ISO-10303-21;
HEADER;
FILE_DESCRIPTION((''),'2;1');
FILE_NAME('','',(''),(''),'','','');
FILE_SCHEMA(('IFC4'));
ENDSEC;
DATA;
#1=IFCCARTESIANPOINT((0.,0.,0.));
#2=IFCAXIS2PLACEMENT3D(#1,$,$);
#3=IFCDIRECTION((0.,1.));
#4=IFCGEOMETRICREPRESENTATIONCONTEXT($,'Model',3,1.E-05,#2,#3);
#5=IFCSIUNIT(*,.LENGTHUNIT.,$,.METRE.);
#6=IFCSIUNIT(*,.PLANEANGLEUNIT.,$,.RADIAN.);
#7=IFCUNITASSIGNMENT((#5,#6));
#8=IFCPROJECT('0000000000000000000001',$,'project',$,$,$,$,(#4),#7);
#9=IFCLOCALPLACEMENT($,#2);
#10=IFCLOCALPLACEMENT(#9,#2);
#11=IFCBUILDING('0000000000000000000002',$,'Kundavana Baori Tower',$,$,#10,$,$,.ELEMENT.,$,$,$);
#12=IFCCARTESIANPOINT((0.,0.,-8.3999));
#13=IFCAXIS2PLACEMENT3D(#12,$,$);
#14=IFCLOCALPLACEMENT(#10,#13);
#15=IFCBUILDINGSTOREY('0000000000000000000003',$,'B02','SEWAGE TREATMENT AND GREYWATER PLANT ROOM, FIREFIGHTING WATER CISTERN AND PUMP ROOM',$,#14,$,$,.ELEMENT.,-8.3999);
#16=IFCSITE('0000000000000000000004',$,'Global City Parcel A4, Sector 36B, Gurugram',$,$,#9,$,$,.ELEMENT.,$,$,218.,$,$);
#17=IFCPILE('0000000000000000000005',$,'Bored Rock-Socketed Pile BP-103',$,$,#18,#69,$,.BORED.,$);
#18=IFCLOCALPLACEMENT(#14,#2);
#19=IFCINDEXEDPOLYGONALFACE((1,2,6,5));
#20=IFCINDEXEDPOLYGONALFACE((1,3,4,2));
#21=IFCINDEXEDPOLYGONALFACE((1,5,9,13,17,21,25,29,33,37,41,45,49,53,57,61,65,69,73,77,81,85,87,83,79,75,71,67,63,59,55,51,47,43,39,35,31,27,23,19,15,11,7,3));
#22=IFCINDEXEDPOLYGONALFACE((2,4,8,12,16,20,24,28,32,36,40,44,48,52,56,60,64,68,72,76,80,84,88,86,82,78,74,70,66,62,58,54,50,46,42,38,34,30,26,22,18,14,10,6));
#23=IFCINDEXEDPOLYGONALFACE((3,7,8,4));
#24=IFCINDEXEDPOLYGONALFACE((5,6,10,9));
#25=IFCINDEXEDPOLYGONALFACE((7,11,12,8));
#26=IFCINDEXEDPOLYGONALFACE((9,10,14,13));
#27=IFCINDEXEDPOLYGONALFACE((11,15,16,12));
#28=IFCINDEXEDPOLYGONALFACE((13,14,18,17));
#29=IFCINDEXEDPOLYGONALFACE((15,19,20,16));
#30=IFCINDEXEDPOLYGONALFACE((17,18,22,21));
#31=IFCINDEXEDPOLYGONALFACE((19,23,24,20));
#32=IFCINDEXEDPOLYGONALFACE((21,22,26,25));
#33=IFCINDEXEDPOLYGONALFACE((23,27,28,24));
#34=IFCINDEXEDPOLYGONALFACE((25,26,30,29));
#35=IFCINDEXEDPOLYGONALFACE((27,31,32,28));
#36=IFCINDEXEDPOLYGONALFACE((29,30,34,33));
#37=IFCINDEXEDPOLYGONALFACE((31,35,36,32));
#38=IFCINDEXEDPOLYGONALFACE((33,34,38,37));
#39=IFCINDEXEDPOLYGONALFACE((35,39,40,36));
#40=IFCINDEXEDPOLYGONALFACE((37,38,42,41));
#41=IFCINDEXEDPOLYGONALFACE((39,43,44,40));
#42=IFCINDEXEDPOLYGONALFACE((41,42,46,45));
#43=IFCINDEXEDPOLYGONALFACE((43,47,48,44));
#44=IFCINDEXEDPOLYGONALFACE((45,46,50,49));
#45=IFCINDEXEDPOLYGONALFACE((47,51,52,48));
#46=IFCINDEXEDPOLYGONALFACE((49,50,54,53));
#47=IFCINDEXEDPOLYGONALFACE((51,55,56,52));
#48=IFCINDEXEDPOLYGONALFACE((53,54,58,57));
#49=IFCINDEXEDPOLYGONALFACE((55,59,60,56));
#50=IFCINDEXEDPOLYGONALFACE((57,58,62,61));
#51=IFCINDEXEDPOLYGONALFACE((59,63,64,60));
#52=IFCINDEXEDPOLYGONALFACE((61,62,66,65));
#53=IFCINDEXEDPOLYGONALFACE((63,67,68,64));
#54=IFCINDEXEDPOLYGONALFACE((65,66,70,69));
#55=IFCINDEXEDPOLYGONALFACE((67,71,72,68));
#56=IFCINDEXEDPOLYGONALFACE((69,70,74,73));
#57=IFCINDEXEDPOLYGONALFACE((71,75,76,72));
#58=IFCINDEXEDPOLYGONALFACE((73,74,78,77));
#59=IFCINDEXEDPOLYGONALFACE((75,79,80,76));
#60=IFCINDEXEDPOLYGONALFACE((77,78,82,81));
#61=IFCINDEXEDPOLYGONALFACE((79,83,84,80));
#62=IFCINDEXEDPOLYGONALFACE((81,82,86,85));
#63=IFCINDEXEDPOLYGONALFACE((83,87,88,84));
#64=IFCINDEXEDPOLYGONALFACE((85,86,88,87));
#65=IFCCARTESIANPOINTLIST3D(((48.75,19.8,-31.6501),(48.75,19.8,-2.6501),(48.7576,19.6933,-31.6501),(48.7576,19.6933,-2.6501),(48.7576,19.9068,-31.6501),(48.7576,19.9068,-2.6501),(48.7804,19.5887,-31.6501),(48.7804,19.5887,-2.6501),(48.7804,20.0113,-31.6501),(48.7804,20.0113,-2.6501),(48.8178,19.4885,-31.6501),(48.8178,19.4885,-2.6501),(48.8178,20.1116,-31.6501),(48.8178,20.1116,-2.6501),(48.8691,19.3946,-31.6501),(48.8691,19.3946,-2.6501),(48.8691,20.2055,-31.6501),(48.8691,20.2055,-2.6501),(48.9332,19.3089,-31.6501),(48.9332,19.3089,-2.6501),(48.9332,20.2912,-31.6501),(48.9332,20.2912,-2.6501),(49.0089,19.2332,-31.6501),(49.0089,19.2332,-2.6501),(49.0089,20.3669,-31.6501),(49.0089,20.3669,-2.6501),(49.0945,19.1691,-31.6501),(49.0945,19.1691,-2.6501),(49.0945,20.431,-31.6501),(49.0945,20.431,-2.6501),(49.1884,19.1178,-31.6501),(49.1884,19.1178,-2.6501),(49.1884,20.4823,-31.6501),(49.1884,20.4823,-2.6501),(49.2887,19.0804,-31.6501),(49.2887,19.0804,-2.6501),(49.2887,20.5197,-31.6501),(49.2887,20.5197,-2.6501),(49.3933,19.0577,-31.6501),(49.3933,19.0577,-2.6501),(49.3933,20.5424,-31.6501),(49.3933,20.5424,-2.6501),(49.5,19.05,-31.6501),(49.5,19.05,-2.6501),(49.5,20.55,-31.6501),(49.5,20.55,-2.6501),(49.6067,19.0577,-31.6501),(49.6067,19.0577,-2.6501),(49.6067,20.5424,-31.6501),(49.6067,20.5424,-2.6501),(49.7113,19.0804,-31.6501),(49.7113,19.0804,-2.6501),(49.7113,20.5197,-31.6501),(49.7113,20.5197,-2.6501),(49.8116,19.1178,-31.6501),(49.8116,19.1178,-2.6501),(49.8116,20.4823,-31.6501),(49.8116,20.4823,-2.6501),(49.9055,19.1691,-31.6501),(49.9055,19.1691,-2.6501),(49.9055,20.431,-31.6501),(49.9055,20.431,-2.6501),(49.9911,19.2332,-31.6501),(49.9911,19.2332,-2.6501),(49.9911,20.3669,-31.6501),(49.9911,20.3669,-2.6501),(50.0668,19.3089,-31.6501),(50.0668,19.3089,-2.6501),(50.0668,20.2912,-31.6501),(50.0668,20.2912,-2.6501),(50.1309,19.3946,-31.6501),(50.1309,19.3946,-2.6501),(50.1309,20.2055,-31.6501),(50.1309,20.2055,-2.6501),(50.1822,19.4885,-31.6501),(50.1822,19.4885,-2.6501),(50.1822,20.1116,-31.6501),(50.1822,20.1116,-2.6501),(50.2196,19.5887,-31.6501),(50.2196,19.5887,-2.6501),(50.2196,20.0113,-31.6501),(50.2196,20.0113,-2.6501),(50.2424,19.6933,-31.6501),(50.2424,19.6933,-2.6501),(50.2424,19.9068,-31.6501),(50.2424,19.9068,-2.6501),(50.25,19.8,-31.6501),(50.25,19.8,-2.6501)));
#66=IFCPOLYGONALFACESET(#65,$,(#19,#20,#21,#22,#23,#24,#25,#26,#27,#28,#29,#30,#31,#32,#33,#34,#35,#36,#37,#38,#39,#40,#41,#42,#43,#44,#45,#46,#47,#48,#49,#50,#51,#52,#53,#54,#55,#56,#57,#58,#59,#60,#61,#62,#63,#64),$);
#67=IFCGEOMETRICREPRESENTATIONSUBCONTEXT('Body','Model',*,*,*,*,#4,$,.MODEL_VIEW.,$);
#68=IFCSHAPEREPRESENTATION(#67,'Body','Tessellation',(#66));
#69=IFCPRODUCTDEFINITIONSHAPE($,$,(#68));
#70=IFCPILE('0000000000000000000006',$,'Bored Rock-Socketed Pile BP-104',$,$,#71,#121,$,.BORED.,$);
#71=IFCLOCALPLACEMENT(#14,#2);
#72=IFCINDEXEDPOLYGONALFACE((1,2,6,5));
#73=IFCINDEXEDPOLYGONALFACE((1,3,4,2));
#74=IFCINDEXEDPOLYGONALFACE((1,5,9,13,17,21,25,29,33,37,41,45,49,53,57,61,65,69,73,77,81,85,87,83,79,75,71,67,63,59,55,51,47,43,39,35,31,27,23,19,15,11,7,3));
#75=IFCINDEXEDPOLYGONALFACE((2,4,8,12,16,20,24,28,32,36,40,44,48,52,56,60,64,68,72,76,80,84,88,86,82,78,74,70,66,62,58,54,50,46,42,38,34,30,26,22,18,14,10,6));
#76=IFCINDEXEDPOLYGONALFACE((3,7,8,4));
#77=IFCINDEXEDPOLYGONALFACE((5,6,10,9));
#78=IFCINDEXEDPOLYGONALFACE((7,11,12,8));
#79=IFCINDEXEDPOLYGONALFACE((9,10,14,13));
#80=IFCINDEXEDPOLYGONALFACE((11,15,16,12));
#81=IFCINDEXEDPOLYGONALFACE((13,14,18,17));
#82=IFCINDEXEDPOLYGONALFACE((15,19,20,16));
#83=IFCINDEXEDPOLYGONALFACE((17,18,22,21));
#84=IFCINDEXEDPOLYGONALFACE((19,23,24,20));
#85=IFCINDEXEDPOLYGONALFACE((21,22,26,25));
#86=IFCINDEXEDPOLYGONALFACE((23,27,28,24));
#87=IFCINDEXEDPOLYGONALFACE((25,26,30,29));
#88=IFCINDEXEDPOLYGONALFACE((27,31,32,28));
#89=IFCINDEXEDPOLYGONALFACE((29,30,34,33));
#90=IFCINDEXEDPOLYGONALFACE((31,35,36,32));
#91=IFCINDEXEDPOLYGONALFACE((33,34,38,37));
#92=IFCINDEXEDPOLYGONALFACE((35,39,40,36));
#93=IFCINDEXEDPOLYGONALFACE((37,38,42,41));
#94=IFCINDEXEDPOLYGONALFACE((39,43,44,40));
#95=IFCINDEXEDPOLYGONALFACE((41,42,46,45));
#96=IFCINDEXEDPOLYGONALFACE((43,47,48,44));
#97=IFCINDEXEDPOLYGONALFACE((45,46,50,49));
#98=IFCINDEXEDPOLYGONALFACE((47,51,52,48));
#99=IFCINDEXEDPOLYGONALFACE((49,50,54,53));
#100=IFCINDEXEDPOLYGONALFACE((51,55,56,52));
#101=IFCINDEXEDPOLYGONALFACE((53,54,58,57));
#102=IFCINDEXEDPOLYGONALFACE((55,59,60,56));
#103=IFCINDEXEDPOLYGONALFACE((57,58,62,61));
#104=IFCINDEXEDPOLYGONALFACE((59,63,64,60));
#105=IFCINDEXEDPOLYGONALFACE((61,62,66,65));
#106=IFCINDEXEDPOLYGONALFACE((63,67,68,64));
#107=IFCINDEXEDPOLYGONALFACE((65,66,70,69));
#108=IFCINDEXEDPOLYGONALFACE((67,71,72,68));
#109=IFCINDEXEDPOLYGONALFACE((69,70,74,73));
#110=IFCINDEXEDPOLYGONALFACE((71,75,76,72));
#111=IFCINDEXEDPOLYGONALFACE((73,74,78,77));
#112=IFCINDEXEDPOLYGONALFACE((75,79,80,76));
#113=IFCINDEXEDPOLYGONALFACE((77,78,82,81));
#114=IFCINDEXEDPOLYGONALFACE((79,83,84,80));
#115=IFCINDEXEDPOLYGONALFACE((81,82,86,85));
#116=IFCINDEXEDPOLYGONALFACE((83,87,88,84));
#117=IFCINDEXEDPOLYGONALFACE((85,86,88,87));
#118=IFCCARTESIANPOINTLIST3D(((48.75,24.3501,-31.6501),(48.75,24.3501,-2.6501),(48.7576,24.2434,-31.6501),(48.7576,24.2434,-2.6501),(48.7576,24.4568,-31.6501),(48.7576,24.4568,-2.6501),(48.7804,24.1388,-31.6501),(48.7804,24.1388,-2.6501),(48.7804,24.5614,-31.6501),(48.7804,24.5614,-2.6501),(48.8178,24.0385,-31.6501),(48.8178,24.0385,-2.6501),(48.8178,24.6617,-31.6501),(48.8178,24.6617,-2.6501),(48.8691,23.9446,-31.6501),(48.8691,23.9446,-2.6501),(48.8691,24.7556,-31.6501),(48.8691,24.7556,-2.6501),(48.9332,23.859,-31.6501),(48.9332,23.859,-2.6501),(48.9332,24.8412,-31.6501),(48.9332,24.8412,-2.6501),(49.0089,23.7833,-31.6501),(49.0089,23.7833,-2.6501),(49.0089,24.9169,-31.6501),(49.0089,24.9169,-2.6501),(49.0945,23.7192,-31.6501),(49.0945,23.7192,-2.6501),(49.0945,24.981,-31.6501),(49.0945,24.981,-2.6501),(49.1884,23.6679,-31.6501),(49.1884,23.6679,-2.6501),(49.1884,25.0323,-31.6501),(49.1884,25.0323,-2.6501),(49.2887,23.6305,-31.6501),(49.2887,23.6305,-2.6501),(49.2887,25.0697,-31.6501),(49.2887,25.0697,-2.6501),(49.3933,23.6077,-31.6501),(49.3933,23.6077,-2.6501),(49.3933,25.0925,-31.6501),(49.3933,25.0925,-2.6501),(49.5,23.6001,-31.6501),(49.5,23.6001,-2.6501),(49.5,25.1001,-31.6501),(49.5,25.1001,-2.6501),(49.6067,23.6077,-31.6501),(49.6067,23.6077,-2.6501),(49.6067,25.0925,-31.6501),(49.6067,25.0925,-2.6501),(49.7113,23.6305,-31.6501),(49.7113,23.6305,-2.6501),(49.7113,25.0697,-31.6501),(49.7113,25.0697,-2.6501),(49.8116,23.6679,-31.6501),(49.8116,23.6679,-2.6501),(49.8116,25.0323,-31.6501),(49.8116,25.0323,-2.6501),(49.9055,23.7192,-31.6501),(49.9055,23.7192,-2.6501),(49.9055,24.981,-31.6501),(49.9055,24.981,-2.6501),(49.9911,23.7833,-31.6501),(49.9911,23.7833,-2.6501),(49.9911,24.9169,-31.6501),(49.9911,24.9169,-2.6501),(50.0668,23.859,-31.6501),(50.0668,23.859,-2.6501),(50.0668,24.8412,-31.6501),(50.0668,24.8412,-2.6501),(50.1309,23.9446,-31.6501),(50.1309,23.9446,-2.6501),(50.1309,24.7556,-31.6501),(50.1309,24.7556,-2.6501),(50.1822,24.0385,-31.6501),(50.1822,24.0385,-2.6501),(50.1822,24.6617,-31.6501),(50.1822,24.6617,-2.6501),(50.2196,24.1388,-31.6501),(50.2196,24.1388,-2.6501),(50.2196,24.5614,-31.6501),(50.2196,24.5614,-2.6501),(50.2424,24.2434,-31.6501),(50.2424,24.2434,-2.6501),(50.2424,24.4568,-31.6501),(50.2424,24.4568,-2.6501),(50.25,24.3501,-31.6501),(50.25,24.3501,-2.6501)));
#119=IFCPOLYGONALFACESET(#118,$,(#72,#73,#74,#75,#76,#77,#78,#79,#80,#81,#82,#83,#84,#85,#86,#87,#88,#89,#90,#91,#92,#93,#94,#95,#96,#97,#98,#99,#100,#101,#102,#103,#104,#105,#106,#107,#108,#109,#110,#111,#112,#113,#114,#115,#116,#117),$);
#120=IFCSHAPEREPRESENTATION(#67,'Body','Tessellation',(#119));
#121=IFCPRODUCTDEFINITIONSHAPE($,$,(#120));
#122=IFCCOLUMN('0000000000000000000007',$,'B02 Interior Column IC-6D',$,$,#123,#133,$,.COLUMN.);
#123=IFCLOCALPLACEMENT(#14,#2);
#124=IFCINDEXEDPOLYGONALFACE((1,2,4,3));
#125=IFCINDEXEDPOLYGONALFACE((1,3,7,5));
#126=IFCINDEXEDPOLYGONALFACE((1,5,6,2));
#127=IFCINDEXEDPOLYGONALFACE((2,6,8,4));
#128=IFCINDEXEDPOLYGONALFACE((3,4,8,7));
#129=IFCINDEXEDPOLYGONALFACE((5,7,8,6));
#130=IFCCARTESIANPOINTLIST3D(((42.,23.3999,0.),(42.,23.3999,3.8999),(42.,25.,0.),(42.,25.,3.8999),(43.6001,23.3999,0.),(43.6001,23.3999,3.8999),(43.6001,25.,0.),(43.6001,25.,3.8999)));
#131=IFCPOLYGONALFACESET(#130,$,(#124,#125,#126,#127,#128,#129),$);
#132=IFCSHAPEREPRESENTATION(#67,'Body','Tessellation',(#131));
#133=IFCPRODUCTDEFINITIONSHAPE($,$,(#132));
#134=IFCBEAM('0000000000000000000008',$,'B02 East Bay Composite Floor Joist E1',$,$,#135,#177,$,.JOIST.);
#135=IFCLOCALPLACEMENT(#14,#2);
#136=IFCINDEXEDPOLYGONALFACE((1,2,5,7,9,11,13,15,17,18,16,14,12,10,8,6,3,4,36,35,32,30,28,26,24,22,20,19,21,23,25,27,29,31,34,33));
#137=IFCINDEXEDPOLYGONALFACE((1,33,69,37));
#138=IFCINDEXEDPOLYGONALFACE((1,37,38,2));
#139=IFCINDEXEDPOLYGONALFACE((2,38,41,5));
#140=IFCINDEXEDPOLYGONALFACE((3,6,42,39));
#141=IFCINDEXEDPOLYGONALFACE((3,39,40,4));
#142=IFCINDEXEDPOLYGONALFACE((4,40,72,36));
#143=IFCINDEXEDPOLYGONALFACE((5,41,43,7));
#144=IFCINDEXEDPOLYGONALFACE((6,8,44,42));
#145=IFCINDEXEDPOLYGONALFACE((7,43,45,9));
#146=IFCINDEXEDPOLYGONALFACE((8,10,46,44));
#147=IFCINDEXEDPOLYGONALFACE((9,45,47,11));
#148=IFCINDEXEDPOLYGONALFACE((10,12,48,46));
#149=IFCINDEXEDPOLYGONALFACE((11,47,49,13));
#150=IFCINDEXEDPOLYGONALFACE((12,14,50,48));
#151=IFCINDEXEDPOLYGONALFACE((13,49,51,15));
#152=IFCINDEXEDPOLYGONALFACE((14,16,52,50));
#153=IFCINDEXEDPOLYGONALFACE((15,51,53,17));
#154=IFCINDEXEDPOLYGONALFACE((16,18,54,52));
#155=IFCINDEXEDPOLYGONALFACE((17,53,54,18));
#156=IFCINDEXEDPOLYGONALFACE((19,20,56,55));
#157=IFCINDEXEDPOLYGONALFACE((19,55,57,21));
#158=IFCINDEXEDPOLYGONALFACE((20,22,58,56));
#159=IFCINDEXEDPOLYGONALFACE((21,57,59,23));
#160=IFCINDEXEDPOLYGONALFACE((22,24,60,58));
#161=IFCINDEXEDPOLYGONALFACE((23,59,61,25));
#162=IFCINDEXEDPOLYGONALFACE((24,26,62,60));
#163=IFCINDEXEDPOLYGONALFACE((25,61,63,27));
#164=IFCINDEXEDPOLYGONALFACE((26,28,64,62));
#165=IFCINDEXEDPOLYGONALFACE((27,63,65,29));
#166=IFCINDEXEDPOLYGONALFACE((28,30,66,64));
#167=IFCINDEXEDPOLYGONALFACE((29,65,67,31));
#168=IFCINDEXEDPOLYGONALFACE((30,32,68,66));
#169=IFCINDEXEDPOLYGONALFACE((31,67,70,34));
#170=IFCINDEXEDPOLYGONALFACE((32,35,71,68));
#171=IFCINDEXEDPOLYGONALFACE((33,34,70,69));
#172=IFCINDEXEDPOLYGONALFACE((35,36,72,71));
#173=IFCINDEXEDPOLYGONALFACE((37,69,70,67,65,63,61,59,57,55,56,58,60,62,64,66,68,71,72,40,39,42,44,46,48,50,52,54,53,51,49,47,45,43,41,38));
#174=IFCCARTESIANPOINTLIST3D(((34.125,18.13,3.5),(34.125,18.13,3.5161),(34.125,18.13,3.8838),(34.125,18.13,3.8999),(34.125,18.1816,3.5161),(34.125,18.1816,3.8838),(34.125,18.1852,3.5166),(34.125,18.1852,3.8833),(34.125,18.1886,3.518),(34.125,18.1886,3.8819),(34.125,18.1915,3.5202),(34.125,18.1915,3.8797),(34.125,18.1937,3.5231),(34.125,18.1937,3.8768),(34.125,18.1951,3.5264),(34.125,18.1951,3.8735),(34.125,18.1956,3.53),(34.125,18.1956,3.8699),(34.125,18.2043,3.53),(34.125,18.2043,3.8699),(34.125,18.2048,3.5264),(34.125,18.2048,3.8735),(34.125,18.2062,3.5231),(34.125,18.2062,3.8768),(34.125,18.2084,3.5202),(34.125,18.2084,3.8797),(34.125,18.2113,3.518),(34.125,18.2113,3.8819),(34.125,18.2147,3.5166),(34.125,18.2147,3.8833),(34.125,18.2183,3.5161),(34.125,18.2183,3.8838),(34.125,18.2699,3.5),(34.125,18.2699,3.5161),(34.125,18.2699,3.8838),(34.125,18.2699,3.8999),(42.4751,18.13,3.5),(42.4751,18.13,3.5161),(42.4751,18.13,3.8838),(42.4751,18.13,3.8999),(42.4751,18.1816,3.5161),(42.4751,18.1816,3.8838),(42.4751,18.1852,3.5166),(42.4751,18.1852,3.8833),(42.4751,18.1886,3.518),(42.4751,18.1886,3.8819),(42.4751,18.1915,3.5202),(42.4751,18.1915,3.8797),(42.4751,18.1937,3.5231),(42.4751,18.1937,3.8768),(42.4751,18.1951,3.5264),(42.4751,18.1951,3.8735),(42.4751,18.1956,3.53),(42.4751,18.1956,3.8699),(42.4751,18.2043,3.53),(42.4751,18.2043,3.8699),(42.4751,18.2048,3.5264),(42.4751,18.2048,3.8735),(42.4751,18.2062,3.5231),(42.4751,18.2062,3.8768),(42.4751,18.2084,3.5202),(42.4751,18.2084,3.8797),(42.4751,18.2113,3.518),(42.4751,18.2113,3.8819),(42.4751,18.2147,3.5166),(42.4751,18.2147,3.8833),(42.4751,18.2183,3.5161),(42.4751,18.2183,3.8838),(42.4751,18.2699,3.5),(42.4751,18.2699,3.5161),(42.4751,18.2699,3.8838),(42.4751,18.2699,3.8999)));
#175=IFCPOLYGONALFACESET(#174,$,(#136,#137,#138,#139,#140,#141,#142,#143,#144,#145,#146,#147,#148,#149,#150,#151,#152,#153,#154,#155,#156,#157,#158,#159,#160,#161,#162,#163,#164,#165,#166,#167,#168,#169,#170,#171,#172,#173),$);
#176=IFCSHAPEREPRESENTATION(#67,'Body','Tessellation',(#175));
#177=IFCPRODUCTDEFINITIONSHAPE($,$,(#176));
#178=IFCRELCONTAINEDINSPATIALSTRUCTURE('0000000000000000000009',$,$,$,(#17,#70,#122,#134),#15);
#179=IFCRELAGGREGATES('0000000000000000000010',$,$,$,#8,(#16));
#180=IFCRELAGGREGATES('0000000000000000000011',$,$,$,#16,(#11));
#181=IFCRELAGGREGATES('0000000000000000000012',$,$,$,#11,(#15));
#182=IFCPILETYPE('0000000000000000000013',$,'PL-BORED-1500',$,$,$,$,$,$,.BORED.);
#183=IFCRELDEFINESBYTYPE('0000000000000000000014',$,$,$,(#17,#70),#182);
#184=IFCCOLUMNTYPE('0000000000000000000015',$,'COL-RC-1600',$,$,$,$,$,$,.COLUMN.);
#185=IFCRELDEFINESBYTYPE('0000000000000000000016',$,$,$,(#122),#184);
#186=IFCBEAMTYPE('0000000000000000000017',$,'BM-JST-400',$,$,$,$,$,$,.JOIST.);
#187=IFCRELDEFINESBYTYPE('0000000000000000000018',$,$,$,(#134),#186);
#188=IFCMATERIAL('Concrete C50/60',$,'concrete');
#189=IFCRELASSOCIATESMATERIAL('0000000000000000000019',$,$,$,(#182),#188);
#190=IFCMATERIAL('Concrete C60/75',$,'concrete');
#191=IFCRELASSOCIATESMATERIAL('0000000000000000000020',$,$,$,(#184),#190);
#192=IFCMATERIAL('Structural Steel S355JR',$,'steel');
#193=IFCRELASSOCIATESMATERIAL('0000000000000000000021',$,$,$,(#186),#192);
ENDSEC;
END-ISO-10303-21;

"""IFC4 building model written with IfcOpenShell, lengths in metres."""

from ifc_helpers import new_model, si_unit, direction, frame, origin, origin_2d, place, context, subcontext, project, spatial, rectangle, circle, i_section, extrude, material, material_profile, profile_set, type_object, element, save


model = new_model("IFC4")

# Units and contexts
model_context = context("Model", 3, precision=1e-05, world=origin(), true_north=direction((0.0, 1.0)))
body_context = subcontext(model_context, "Body", "Model", "MODEL_VIEW")
ifc_project = project(units=[si_unit("LENGTHUNIT", "METRE"), si_unit("PLANEANGLEUNIT", "RADIAN")], contexts=[model_context])

# Site, building, storey
site_placement = place(None, origin())
site = spatial("IfcSite", under=ifc_project, at=site_placement, Name="Global City Parcel A4, Sector 36B, Gurugram", CompositionType="ELEMENT", RefElevation=218.0)
building_placement = place(site_placement, origin())
building = spatial("IfcBuilding", under=site, at=building_placement, Name="Kundavana Baori Tower", CompositionType="ELEMENT")
storey_placement = place(building_placement, frame((0.0, 0.0, -8.3999)))
storey = spatial("IfcBuildingStorey", under=building, at=storey_placement, Name="B02", Description="SEWAGE TREATMENT AND GREYWATER PLANT ROOM, FIREFIGHTING WATER CISTERN AND PUMP ROOM", CompositionType="ELEMENT", Elevation=-8.3999)

# Piles
ifc_material_1 = material(Name="Concrete C50/60", Category="concrete")
ifc_material_profile_1 = material_profile(ifc_material_1, circle(Radius=0.75, at=origin_2d()), Name="BORED PILE D1500")
ifc_profile_set_1 = profile_set([ifc_material_profile_1], Name="Concrete C50/60")
pile_type = type_object("IfcPileType", Name="PL-BORED-1500", PredefinedType="BORED", material=ifc_profile_set_1)
for number, where, z_axis, x_axis, name in (
    (1, (49.5, 19.8, -2.6501), (0.0, 0.0, -1.0), (1.0, 0.0, 0.0), "Bored Rock-Socketed Pile BP-103"),
    (2, (49.5, 24.3501, -2.6501), (0.0, 0.0, -1.0), (1.0, 0.0, 0.0), "Bored Rock-Socketed Pile BP-104"),
):
    element("IfcPile", number, at=place(storey_placement, frame(where, z_axis=z_axis, x_axis=x_axis)), inside=storey, type_object=pile_type, Name=name, PredefinedType="BORED", context=body_context, shape_type="SweptSolid", body=[
        extrude(circle(Radius=0.75, at=origin_2d()), origin(), (0.0, 0.0, 1.0), 29.0),
    ])

# Column
ifc_material_2 = material(Name="Concrete C60/75", Category="concrete")
ifc_material_profile_2 = material_profile(ifc_material_2, rectangle(XDim=1.6001, YDim=1.6001, at=origin_2d()), Name="RC 1600x1600")
ifc_profile_set_2 = profile_set([ifc_material_profile_2], Name="Concrete C60/75")
column_type = type_object("IfcColumnType", Name="COL-RC-1600", PredefinedType="COLUMN", material=ifc_profile_set_2)
column_placement = place(storey_placement, frame((42.8, 24.2, 0.0), z_axis=(0.0, 0.0, 1.0), x_axis=(1.0, 0.0, 0.0)))
element("IfcColumn", 3, at=column_placement, inside=storey, type_object=column_type, Name="B02 Interior Column IC-6D", PredefinedType="COLUMN", context=body_context, shape_type="SweptSolid", body=[
    extrude(rectangle(XDim=1.6001, YDim=1.6001, at=origin_2d()), origin(), (0.0, 0.0, 1.0), 3.8999),
])

# Beam
ifc_material_3 = material(Name="Structural Steel S355JR", Category="steel")
ifc_material_profile_3 = material_profile(ifc_material_3, i_section(OverallWidth=0.1399, OverallDepth=0.3999, WebThickness=0.0088, FlangeThickness=0.0161, FilletRadius=0.0139, at=origin_2d()), Name="ISMB 400")
ifc_profile_set_3 = profile_set([ifc_material_profile_3], Name="Structural Steel S355JR")
beam_type_1 = type_object("IfcBeamType", Name="BM-JST-400", PredefinedType="JOIST", material=ifc_profile_set_3)
for number, where, z_axis, x_axis, name in (
    (4, (34.125, 18.2, 3.7), (1.0, 0.0, 0.0), (0.0, 1.0, 0.0), "B02 East Bay Composite Floor Joist E1"),
):
    element("IfcBeam", number, at=place(storey_placement, frame(where, z_axis=z_axis, x_axis=x_axis)), inside=storey, type_object=beam_type_1, Name=name, PredefinedType="JOIST", context=body_context, shape_type="SweptSolid", body=[
        extrude(i_section(OverallWidth=0.1399, OverallDepth=0.3999, WebThickness=0.0088, FlangeThickness=0.0161, FilletRadius=0.0139, at=origin_2d()), origin(), (0.0, 0.0, 1.0), 8.3501),
    ])

save(model, "model.ifc")
